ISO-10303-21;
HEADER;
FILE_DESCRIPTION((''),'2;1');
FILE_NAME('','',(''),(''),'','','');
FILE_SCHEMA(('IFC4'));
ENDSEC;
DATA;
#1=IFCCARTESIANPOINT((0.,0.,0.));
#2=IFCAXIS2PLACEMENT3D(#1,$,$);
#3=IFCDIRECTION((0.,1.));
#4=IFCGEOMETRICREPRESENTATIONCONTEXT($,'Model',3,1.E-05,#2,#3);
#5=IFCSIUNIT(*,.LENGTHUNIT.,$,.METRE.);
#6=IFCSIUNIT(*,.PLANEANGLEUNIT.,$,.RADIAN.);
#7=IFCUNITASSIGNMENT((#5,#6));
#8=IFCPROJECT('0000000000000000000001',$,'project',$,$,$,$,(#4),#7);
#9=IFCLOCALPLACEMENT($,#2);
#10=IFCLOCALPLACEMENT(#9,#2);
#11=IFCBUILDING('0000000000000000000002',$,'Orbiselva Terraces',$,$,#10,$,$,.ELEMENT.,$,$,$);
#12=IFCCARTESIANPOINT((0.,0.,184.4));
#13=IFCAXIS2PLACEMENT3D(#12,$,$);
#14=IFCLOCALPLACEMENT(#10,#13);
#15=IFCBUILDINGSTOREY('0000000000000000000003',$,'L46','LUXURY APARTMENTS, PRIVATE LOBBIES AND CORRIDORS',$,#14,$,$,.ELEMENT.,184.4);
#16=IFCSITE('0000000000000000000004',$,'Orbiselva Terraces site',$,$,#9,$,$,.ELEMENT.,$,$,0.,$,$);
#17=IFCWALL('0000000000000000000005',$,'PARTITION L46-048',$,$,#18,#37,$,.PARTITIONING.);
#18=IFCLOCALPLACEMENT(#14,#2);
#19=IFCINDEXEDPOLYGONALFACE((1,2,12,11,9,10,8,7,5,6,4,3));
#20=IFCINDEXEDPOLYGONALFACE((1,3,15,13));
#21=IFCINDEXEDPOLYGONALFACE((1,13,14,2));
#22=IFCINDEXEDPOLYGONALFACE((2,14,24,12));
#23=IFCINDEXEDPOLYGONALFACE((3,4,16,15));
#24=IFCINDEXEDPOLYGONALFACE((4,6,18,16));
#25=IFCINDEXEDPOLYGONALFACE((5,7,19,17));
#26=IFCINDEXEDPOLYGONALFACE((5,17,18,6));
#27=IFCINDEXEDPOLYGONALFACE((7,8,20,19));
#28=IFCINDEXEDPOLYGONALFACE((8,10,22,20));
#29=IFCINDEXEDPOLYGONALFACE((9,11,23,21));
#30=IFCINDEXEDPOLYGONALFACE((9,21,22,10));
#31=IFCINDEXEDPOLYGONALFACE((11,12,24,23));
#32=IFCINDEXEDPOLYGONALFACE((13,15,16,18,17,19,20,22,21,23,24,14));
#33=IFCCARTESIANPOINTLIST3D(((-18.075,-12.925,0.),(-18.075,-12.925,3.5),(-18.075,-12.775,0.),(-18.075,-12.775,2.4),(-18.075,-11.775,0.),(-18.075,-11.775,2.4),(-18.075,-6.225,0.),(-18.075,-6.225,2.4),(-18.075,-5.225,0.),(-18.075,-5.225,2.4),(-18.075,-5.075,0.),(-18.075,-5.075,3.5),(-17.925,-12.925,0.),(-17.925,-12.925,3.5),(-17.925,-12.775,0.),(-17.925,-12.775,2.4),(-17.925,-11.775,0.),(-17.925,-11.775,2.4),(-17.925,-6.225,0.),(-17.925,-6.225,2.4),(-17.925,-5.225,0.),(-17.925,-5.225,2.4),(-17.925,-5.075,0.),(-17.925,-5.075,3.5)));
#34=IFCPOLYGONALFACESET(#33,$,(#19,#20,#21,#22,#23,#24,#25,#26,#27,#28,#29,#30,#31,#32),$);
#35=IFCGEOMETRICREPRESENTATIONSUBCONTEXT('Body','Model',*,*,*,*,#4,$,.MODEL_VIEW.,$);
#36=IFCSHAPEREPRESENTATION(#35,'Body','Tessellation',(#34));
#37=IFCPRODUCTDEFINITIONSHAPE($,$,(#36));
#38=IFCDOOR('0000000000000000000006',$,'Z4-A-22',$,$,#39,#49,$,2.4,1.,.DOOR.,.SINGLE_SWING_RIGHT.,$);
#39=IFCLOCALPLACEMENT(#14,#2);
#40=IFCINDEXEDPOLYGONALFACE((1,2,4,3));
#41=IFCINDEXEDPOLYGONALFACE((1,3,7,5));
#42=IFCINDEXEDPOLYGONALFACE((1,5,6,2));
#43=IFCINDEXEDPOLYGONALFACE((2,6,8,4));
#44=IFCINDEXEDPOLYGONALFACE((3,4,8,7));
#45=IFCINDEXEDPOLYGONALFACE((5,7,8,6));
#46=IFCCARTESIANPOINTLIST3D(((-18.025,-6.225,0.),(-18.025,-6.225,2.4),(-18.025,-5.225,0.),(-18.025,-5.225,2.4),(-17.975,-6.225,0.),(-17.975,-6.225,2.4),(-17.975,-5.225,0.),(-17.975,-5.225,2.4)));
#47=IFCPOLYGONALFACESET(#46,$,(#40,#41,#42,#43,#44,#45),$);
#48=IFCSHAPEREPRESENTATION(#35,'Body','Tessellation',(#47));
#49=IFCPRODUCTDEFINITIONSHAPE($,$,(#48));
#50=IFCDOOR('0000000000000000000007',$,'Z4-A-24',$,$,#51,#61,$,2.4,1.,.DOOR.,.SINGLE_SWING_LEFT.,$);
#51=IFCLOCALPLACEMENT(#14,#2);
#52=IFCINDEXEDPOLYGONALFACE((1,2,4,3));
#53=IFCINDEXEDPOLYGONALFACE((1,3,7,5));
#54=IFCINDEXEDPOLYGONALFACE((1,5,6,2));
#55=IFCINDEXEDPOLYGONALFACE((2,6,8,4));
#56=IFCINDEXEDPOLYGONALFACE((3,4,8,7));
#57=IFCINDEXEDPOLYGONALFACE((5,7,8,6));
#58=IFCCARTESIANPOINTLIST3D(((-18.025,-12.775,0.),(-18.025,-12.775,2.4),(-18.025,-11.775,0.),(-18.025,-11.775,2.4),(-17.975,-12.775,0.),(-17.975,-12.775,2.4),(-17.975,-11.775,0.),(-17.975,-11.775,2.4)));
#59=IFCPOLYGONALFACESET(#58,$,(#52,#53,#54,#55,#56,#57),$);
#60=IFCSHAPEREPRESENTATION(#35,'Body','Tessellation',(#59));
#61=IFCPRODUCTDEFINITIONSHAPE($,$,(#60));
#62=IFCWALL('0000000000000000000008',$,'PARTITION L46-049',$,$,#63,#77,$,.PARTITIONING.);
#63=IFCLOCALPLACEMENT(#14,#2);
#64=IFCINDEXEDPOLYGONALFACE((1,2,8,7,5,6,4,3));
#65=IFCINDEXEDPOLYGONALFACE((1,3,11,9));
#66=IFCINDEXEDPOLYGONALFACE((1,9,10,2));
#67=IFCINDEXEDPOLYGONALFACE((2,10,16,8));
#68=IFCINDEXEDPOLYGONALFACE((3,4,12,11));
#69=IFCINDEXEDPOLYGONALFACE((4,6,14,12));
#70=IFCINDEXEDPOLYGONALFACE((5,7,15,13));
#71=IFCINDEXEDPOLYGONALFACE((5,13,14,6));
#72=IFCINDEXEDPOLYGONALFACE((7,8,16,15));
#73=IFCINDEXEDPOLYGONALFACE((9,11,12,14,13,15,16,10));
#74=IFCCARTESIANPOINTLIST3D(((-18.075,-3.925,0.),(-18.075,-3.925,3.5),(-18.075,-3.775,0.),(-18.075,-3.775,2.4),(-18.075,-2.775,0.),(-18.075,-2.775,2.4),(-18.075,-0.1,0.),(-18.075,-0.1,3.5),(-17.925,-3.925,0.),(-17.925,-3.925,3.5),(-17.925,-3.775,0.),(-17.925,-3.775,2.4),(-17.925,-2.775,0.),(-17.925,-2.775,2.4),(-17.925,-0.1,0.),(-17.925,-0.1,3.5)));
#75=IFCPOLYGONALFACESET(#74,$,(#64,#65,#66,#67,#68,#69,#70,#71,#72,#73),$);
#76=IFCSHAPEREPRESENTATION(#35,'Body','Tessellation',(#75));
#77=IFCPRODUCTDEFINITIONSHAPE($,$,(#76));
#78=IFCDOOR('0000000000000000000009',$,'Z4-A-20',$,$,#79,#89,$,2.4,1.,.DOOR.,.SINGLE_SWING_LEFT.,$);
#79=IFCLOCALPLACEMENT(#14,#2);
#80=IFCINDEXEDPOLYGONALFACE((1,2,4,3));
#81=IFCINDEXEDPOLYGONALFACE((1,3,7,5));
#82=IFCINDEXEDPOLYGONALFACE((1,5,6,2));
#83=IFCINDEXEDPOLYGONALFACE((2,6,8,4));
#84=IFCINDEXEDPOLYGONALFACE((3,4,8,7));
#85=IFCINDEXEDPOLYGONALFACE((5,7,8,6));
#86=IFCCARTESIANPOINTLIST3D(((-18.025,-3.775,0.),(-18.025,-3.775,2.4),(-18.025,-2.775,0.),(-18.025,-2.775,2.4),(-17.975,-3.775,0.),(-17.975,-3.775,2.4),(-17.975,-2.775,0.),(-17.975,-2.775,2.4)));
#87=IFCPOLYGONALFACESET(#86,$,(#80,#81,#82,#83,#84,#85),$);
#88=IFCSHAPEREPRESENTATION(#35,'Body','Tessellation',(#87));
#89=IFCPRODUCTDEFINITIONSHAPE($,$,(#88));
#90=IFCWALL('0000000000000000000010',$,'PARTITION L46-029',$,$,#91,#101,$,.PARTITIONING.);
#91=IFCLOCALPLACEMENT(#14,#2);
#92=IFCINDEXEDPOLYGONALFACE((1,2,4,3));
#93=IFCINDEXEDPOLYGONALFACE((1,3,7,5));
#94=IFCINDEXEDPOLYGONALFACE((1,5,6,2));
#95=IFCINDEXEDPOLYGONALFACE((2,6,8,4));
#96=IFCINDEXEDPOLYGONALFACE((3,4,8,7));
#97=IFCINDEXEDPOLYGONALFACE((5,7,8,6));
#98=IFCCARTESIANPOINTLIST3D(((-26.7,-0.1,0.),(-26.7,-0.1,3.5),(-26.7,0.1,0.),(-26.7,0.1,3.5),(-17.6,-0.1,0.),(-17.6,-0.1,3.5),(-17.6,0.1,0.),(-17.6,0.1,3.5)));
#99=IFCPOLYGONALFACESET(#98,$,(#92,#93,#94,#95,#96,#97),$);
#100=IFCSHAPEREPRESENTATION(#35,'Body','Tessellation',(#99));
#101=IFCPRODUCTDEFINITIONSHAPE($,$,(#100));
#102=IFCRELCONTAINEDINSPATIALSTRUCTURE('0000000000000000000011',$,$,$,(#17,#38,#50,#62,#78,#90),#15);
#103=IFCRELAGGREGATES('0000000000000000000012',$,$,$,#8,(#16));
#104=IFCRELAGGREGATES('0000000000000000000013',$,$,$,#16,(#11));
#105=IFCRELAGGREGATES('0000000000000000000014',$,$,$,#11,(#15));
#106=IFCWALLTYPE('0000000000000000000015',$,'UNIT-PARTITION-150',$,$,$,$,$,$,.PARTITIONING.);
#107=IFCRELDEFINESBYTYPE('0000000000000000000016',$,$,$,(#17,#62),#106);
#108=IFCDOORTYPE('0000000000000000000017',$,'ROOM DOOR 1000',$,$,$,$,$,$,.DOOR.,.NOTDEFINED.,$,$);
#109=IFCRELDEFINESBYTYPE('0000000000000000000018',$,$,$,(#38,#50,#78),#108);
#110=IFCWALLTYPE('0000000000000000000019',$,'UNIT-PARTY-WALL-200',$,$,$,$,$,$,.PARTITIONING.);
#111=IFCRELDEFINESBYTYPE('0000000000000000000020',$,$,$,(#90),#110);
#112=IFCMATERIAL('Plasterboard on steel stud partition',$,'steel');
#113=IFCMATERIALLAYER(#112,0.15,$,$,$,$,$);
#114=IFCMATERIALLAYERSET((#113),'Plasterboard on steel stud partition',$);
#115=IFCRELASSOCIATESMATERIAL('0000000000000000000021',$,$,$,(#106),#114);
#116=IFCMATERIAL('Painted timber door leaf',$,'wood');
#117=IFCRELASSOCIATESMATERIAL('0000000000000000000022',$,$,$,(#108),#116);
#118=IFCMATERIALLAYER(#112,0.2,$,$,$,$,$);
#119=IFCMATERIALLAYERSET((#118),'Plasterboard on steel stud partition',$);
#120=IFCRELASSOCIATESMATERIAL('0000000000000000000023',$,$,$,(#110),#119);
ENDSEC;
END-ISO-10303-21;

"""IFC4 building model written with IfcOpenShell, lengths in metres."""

from ifc_helpers import new_model, si_unit, direction, frame, frame_2d, origin, place, context, subcontext, project, spatial, rectangle, extrude, material, layer, layer_set, type_object, element, fill, save


model = new_model("IFC4")

# Units and contexts
model_context = context("Model", 3, precision=1e-05, world=origin(), true_north=direction((0.0, 1.0)))
body_context = subcontext(model_context, "Body", "Model", "MODEL_VIEW")
ifc_project = project(units=[si_unit("LENGTHUNIT", "METRE"), si_unit("PLANEANGLEUNIT", "RADIAN")], contexts=[model_context])

# Site, building, storey
site_placement = place(None, origin())
site = spatial("IfcSite", under=ifc_project, at=site_placement, Name="Orbiselva Terraces site", CompositionType="ELEMENT", RefElevation=0.0)
building_placement = place(site_placement, origin())
building = spatial("IfcBuilding", under=site, at=building_placement, Name="Orbiselva Terraces", CompositionType="ELEMENT")
storey_placement = place(building_placement, frame((0.0, 0.0, 184.4)))
storey = spatial("IfcBuildingStorey", under=building, at=storey_placement, Name="L46", Description="LUXURY APARTMENTS, PRIVATE LOBBIES AND CORRIDORS", CompositionType="ELEMENT", Elevation=184.4)

# Shared definitions
ifc_material_1 = material(Name="Plasterboard on steel stud partition", Category="steel")
ifc_layer_1 = layer(ifc_material_1, 0.15)
ifc_layer_set_1 = layer_set([ifc_layer_1], Name="Plasterboard on steel stud partition")
wall_type_1 = type_object("IfcWallType", Name="UNIT-PARTITION-150", PredefinedType="PARTITIONING", material=ifc_layer_set_1)

# Shared definitions
ifc_material_2 = material(Name="Painted timber door leaf", Category="wood")

# Wall, openings, doors
wall_1_placement = place(storey_placement, frame((-18.0, -12.925, 0.0), z_axis=(0.0, 0.0, 1.0), x_axis=(0.0, 1.0, 0.0)))
wall_1 = element("IfcWall", 1, at=wall_1_placement, inside=storey, type_object=wall_type_1, Name="PARTITION L46-048", PredefinedType="PARTITIONING", context=body_context, shape_type="SweptSolid", body=[
    extrude(rectangle(XDim=7.85, YDim=0.15, at=frame_2d((3.925, 0.0))), origin(), (0.0, 0.0, 1.0), 3.5),
])
opening_1_placement = place(wall_1_placement, frame((6.7, 0.0, 0.0)))
opening_1 = element("IfcOpeningElement", 2, at=opening_1_placement, cuts=wall_1, PredefinedType="OPENING", context=body_context, shape_type="SweptSolid", body=[
    extrude(rectangle(XDim=1.0, YDim=2.4, at=frame_2d((0.5, 1.2))), frame((0.0, 0.085, 0.0), z_axis=(0.0, -1.0, 0.0), x_axis=(1.0, 0.0, 0.0)), (0.0, 0.0, 1.0), 0.17),
])
opening_2_placement = place(wall_1_placement, frame((0.15, 0.0, 0.0)))
opening_2 = element("IfcOpeningElement", 3, at=opening_2_placement, cuts=wall_1, PredefinedType="OPENING", context=body_context, shape_type="SweptSolid", body=[
    extrude(rectangle(XDim=1.0, YDim=2.4, at=frame_2d((0.5, 1.2))), frame((0.0, 0.085, 0.0), z_axis=(0.0, -1.0, 0.0), x_axis=(1.0, 0.0, 0.0)), (0.0, 0.0, 1.0), 0.17),
])
door_type_1 = type_object("IfcDoorType", Name="ROOM DOOR 1000", OperationType="NOTDEFINED", PredefinedType="DOOR", material=ifc_material_2)
door_1_placement = place(opening_1_placement, origin())
door_1 = element("IfcDoor", 4, at=door_1_placement, inside=storey, type_object=door_type_1, Name="Z4-A-22", OperationType="SINGLE_SWING_RIGHT", OverallHeight=2.4, OverallWidth=1.0, PredefinedType="DOOR", context=body_context, shape_type="SweptSolid", body=[
    extrude(rectangle(XDim=1.0, YDim=2.4, at=frame_2d((0.5, 1.2))), frame((0.0, 0.025, 0.0), z_axis=(0.0, -1.0, 0.0), x_axis=(1.0, 0.0, 0.0)), (0.0, 0.0, 1.0), 0.05),
])
fill(opening_1, door_1)
door_2_placement = place(opening_2_placement, origin())
door_2 = element("IfcDoor", 5, at=door_2_placement, inside=storey, type_object=door_type_1, Name="Z4-A-24", OperationType="SINGLE_SWING_LEFT", OverallHeight=2.4, OverallWidth=1.0, PredefinedType="DOOR", context=body_context, shape_type="SweptSolid", body=[
    extrude(rectangle(XDim=1.0, YDim=2.4, at=frame_2d((0.5, 1.2))), frame((0.0, 0.025, 0.0), z_axis=(0.0, -1.0, 0.0), x_axis=(1.0, 0.0, 0.0)), (0.0, 0.0, 1.0), 0.05),
])
fill(opening_2, door_2)

# Wall, opening, door
wall_2_placement = place(storey_placement, frame((-18.0, -3.925, 0.0), z_axis=(0.0, 0.0, 1.0), x_axis=(0.0, 1.0, 0.0)))
wall_2 = element("IfcWall", 6, at=wall_2_placement, inside=storey, type_object=wall_type_1, Name="PARTITION L46-049", PredefinedType="PARTITIONING", context=body_context, shape_type="SweptSolid", body=[
    extrude(rectangle(XDim=3.825, YDim=0.15, at=frame_2d((1.9125, 0.0))), origin(), (0.0, 0.0, 1.0), 3.5),
])
opening_3_placement = place(wall_2_placement, frame((0.15, 0.0, 0.0)))
opening_3 = element("IfcOpeningElement", 7, at=opening_3_placement, cuts=wall_2, PredefinedType="OPENING", context=body_context, shape_type="SweptSolid", body=[
    extrude(rectangle(XDim=1.0, YDim=2.4, at=frame_2d((0.5, 1.2))), frame((0.0, 0.085, 0.0), z_axis=(0.0, -1.0, 0.0), x_axis=(1.0, 0.0, 0.0)), (0.0, 0.0, 1.0), 0.17),
])
door_3_placement = place(opening_3_placement, origin())
door_3 = element("IfcDoor", 8, at=door_3_placement, inside=storey, type_object=door_type_1, Name="Z4-A-20", OperationType="SINGLE_SWING_LEFT", OverallHeight=2.4, OverallWidth=1.0, PredefinedType="DOOR", context=body_context, shape_type="SweptSolid", body=[
    extrude(rectangle(XDim=1.0, YDim=2.4, at=frame_2d((0.5, 1.2))), frame((0.0, 0.025, 0.0), z_axis=(0.0, -1.0, 0.0), x_axis=(1.0, 0.0, 0.0)), (0.0, 0.0, 1.0), 0.05),
])
fill(opening_3, door_3)

# Wall
ifc_layer_2 = layer(ifc_material_1, 0.2)
ifc_layer_set_2 = layer_set([ifc_layer_2], Name="Plasterboard on steel stud partition")
wall_type_2 = type_object("IfcWallType", Name="UNIT-PARTY-WALL-200", PredefinedType="PARTITIONING", material=ifc_layer_set_2)
wall_3_placement = place(storey_placement, frame((-26.7, 0.0, 0.0), z_axis=(0.0, 0.0, 1.0), x_axis=(1.0, 0.0, 0.0)))
element("IfcWall", 9, at=wall_3_placement, inside=storey, type_object=wall_type_2, Name="PARTITION L46-029", PredefinedType="PARTITIONING", context=body_context, shape_type="SweptSolid", body=[
    extrude(rectangle(XDim=9.1, YDim=0.2, at=frame_2d((4.55, 0.0))), origin(), (0.0, 0.0, 1.0), 3.5),
])

save(model, "model.ifc")
